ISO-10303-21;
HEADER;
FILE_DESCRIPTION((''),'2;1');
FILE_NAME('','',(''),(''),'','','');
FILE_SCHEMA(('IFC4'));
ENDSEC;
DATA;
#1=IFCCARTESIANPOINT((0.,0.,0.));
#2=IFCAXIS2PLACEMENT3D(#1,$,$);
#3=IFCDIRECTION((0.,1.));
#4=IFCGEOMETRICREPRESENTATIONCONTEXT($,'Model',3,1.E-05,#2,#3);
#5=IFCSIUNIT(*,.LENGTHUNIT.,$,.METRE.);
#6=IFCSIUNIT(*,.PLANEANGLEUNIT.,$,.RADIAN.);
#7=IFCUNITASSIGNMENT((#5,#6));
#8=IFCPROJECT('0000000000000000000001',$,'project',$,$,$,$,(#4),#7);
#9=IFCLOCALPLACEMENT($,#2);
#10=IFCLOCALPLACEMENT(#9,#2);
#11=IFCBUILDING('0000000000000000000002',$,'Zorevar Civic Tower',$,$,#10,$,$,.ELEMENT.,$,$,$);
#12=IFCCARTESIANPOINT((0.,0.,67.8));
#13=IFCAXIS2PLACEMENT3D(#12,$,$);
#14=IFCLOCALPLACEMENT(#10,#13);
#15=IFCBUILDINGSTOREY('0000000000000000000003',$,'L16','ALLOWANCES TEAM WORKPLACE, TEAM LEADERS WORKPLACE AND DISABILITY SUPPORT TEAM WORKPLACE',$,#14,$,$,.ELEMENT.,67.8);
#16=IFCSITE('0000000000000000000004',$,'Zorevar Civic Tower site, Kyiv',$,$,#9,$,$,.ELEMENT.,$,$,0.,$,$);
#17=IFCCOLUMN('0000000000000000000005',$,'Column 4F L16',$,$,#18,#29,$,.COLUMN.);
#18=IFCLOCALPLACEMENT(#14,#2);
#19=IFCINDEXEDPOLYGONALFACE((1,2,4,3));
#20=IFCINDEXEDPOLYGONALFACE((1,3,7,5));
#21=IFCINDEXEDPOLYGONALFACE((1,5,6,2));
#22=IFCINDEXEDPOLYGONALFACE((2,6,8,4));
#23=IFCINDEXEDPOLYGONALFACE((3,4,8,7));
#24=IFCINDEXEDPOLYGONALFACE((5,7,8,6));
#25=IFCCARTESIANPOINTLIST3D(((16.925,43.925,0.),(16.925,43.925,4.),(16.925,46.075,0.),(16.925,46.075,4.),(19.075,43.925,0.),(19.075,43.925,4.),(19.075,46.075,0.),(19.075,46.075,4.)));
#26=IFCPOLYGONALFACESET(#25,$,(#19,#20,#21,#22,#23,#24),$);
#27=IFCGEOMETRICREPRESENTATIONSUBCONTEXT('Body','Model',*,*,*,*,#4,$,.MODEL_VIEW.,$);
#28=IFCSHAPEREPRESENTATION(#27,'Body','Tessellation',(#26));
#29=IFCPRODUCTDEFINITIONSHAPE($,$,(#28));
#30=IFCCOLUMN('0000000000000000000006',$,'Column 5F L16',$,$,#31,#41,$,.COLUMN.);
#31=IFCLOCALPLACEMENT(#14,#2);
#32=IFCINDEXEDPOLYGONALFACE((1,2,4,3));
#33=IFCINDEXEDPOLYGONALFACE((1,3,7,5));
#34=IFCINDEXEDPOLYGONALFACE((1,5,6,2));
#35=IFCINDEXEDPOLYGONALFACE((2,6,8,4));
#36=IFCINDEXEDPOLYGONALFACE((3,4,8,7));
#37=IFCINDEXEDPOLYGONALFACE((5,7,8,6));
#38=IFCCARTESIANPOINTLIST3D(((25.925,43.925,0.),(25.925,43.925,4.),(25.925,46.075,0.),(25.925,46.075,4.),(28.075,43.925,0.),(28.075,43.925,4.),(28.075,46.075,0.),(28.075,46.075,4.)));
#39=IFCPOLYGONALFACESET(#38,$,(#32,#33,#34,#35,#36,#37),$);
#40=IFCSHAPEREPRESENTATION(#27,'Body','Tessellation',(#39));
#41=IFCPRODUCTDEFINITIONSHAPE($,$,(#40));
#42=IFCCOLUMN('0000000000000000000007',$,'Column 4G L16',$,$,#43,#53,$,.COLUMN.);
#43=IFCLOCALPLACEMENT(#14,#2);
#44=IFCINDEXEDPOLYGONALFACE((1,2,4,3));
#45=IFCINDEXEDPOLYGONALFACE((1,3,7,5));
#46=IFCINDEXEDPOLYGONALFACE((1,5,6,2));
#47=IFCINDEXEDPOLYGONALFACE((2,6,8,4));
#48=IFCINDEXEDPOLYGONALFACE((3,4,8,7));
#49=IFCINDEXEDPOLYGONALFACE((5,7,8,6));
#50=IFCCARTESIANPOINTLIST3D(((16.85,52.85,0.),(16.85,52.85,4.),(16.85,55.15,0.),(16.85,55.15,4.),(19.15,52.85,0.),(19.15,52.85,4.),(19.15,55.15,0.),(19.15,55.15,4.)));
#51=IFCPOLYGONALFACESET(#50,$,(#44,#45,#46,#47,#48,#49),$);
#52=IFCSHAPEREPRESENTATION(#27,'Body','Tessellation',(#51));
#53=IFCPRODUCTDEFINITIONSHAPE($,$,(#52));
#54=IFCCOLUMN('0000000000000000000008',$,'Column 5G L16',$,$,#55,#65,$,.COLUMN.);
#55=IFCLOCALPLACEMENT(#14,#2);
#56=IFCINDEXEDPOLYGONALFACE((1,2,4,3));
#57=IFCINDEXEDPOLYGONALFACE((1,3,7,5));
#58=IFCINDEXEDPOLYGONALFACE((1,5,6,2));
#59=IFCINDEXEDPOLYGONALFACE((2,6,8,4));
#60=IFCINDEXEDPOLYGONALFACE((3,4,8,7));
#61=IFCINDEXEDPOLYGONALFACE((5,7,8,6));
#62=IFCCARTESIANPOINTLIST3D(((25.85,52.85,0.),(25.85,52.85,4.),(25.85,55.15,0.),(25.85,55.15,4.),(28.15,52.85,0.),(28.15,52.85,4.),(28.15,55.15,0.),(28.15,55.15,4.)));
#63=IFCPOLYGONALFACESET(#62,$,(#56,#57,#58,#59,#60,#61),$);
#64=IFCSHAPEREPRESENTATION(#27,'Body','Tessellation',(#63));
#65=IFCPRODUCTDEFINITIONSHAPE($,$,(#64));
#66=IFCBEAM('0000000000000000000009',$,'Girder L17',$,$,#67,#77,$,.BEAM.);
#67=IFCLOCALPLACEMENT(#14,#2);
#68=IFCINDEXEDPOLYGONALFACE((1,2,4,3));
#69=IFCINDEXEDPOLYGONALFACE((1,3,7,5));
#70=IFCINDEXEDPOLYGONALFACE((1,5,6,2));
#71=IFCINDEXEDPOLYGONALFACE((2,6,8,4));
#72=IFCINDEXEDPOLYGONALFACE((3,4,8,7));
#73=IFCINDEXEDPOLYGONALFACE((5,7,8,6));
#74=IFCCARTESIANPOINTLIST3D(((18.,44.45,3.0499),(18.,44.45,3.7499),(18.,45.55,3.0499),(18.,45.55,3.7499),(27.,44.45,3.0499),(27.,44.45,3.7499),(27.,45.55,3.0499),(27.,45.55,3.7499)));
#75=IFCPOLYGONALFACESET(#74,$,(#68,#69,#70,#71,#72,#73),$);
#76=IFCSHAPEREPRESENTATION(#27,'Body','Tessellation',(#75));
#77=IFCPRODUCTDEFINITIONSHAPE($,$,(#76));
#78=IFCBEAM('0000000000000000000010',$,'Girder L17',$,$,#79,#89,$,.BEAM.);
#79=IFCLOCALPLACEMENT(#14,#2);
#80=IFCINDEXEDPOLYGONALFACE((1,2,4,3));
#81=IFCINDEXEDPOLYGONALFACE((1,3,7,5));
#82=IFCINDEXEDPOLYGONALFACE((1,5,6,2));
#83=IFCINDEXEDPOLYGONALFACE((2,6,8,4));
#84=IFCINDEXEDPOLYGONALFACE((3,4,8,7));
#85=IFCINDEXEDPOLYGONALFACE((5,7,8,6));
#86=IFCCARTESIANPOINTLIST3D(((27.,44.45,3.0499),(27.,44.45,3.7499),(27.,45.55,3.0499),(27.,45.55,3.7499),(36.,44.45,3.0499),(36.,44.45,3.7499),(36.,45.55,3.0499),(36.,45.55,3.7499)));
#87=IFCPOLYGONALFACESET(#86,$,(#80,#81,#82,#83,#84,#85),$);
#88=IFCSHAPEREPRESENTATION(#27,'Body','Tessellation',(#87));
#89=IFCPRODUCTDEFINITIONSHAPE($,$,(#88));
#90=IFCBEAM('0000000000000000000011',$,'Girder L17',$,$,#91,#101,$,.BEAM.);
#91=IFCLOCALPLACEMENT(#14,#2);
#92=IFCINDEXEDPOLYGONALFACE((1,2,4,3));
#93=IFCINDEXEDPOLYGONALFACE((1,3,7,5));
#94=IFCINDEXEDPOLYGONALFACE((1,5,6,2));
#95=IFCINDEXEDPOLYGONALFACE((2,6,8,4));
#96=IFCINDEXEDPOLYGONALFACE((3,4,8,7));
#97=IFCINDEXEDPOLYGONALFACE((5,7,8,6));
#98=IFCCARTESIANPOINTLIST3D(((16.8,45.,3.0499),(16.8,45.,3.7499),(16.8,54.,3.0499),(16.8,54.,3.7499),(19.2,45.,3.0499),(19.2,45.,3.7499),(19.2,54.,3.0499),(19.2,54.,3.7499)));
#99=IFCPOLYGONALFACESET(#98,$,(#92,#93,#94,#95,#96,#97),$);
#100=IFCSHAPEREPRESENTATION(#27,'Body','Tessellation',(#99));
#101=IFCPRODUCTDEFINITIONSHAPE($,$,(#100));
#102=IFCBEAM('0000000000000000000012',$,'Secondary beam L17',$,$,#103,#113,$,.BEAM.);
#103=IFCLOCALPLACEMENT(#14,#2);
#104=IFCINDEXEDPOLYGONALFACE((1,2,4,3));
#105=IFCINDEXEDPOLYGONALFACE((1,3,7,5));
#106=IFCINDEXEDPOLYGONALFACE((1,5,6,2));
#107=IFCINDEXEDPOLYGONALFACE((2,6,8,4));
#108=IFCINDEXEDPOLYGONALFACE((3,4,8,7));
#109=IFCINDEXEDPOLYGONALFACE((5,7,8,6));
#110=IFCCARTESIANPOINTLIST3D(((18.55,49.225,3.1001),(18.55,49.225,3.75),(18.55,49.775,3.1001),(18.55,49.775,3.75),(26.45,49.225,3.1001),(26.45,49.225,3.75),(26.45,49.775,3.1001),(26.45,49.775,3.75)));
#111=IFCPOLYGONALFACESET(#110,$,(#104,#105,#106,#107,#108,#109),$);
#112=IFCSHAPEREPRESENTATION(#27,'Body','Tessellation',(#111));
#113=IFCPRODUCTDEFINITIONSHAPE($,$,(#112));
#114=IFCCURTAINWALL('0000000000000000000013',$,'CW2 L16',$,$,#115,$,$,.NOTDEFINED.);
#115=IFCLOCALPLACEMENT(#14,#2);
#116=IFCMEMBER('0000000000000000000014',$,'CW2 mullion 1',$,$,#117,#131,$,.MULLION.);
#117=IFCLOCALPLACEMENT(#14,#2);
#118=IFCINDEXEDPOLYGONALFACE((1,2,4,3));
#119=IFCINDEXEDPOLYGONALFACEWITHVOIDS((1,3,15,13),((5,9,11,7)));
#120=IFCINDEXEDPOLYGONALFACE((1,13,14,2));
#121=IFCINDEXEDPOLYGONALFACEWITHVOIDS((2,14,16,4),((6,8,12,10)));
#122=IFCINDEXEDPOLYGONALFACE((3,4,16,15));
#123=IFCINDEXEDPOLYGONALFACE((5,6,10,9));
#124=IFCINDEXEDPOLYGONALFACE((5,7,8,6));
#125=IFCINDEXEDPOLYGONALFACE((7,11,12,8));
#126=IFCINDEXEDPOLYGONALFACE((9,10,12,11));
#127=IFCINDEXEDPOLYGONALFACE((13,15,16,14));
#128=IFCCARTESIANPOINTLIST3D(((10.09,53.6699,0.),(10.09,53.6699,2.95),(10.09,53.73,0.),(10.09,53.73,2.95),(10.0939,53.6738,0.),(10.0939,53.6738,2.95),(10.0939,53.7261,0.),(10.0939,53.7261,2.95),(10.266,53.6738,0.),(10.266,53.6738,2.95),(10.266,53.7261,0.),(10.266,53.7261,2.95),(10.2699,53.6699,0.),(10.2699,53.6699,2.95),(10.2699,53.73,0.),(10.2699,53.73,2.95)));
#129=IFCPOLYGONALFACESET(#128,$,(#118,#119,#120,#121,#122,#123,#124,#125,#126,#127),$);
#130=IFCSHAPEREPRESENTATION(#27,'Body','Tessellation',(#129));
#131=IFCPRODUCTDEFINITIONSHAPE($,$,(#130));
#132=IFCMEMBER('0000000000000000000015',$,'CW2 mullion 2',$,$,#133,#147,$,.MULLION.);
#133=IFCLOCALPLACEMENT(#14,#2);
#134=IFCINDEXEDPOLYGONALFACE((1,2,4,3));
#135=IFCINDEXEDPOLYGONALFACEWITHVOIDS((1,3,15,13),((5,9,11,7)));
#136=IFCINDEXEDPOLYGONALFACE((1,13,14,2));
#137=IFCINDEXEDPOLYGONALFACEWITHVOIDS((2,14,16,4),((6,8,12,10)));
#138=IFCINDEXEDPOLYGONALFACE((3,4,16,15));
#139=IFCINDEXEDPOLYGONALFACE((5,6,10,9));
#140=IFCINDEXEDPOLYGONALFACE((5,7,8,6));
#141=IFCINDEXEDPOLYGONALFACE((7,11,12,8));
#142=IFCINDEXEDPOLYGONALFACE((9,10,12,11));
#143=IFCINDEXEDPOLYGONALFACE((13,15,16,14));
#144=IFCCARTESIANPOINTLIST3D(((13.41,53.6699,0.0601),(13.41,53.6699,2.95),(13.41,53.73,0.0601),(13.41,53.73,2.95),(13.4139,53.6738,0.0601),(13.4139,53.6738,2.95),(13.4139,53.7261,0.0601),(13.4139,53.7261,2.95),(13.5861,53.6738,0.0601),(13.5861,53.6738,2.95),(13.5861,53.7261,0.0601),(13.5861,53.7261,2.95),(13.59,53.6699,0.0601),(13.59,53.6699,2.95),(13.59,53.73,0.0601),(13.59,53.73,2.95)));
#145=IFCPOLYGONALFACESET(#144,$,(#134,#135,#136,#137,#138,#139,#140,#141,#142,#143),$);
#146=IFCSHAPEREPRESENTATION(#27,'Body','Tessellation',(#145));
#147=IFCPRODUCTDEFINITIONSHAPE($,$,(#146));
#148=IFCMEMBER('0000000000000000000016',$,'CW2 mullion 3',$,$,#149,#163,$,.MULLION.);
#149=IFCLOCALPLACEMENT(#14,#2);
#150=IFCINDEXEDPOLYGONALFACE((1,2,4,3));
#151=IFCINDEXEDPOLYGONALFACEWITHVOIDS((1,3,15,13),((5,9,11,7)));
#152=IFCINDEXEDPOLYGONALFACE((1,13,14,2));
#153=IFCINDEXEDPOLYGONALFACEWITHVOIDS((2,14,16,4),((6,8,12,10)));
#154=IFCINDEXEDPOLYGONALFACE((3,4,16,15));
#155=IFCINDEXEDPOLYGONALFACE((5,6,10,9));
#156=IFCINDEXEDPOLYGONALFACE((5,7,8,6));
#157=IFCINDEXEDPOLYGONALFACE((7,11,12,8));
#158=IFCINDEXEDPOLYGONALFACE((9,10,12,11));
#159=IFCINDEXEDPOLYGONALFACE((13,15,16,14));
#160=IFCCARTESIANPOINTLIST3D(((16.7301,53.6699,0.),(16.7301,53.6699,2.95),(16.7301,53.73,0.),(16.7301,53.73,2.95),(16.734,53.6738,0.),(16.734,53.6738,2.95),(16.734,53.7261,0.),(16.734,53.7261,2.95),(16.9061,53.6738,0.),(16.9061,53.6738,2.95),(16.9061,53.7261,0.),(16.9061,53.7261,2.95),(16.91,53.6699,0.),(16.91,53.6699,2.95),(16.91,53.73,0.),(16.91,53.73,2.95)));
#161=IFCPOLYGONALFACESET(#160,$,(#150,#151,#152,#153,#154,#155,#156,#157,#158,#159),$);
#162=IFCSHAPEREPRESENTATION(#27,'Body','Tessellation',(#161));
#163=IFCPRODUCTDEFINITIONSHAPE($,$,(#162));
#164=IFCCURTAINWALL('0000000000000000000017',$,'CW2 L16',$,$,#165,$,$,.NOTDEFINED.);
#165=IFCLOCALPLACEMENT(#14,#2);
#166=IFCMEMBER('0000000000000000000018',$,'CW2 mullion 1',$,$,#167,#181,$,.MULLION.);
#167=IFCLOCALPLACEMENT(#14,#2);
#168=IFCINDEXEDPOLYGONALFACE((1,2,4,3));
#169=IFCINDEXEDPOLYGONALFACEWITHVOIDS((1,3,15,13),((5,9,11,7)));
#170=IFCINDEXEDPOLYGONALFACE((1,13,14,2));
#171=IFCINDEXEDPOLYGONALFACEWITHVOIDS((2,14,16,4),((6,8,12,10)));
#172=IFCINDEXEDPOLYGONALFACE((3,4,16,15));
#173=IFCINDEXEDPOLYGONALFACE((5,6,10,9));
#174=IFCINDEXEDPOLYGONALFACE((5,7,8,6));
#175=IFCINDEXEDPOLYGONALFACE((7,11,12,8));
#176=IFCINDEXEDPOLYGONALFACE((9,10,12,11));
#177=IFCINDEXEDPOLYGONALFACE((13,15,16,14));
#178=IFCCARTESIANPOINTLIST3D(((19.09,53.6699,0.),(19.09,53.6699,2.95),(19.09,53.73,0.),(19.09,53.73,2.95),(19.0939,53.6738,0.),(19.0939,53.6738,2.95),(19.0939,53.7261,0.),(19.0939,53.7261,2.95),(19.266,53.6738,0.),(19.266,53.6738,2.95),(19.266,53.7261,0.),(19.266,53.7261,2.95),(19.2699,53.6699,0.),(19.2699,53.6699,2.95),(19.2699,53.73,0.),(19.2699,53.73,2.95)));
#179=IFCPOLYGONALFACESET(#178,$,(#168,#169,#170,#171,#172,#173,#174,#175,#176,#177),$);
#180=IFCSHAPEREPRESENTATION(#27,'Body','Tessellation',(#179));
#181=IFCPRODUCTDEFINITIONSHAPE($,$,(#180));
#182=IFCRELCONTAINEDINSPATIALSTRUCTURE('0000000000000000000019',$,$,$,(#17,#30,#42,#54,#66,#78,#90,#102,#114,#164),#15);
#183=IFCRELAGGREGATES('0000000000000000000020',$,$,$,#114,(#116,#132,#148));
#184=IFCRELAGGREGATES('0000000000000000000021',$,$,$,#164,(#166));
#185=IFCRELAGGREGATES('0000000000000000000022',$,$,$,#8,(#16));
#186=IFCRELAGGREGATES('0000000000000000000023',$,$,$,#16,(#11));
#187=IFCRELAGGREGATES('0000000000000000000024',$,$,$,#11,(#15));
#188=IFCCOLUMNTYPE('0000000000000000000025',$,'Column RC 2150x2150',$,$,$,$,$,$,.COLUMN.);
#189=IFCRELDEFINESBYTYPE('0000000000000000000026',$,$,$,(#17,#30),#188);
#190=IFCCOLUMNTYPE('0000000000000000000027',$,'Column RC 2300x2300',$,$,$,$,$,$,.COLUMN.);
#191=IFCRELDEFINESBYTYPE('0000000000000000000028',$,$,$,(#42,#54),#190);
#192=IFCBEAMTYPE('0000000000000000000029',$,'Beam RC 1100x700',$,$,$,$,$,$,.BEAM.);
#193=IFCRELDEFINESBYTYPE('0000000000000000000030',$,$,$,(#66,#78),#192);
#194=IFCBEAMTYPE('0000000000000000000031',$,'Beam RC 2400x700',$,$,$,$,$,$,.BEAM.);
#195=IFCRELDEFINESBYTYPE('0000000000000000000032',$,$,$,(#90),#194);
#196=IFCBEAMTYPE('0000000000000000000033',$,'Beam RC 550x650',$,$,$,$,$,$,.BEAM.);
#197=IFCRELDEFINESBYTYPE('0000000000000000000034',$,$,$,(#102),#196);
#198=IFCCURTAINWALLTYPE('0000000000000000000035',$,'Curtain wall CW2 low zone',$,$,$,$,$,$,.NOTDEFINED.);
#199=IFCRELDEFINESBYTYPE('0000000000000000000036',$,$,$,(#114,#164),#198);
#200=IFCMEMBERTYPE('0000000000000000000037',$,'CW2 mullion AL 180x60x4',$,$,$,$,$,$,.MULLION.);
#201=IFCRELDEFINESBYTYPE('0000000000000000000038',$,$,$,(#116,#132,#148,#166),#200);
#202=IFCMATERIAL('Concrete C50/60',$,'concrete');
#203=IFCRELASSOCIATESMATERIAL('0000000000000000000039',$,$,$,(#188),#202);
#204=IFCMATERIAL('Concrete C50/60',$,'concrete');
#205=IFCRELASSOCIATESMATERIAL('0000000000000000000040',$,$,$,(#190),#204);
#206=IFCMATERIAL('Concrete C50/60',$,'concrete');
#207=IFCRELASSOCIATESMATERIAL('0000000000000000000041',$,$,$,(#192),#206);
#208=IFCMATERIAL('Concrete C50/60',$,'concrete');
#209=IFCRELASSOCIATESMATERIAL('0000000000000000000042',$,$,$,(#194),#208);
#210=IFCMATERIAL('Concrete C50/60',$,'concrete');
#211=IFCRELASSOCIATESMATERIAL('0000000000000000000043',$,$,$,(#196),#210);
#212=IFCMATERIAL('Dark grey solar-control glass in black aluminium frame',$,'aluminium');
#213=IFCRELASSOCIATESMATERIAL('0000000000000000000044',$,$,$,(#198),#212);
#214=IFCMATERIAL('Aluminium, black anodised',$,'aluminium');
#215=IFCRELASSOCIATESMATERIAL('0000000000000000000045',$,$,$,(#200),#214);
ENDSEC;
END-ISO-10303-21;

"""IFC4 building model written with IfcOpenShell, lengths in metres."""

from ifc_helpers import new_model, si_unit, direction, frame, origin, origin_2d, place, context, subcontext, project, spatial, rectangle, hollow_rectangle, extrude, material, material_profile, profile_set, type_object, element, aggregate, save


model = new_model("IFC4")

# Units and contexts
model_context = context("Model", 3, precision=1e-05, world=origin(), true_north=direction((0.0, 1.0)))
body_context = subcontext(model_context, "Body", "Model", "MODEL_VIEW")
ifc_project = project(units=[si_unit("LENGTHUNIT", "METRE"), si_unit("PLANEANGLEUNIT", "RADIAN")], contexts=[model_context])

# Site, building, storey
site_placement = place(None, origin())
site = spatial("IfcSite", under=ifc_project, at=site_placement, Name="Zorevar Civic Tower site, Kyiv", CompositionType="ELEMENT", RefElevation=0.0)
building_placement = place(site_placement, origin())
building = spatial("IfcBuilding", under=site, at=building_placement, Name="Zorevar Civic Tower", CompositionType="ELEMENT")
storey_placement = place(building_placement, frame((0.0, 0.0, 67.8)))
storey = spatial("IfcBuildingStorey", under=building, at=storey_placement, Name="L16", Description="ALLOWANCES TEAM WORKPLACE, TEAM LEADERS WORKPLACE AND DISABILITY SUPPORT TEAM WORKPLACE", CompositionType="ELEMENT", Elevation=67.8)

# Columns
ifc_material_1 = material(Name="Concrete C50/60", Category="concrete")
ifc_material_profile_1 = material_profile(ifc_material_1, rectangle(XDim=2.1499, YDim=2.1499, at=origin_2d()), Name="RC 2150x2150")
ifc_profile_set_1 = profile_set([ifc_material_profile_1], Name="Concrete C50/60")
column_type_1 = type_object("IfcColumnType", Name="Column RC 2150x2150", PredefinedType="COLUMN", material=ifc_profile_set_1)
for number, where, z_axis, x_axis, name in (
    (1, (18.0, 45.0, 0.0), (0.0, 0.0, 1.0), (1.0, 0.0, 0.0), "Column 4F L16"),
    (2, (27.0, 45.0, 0.0), (0.0, 0.0, 1.0), (1.0, 0.0, 0.0), "Column 5F L16"),
):
    element("IfcColumn", number, at=place(storey_placement, frame(where, z_axis=z_axis, x_axis=x_axis)), inside=storey, type_object=column_type_1, Name=name, PredefinedType="COLUMN", context=body_context, shape_type="SweptSolid", body=[
        extrude(rectangle(XDim=2.1499, YDim=2.1499, at=origin_2d()), origin(), (0.0, 0.0, 1.0), 4.0),
    ])
ifc_material_2 = material(Name="Concrete C50/60", Category="concrete")
ifc_material_profile_2 = material_profile(ifc_material_2, rectangle(XDim=2.3, YDim=2.3, at=origin_2d()), Name="RC 2300x2300")
ifc_profile_set_2 = profile_set([ifc_material_profile_2], Name="Concrete C50/60")
column_type_2 = type_object("IfcColumnType", Name="Column RC 2300x2300", PredefinedType="COLUMN", material=ifc_profile_set_2)
for number, where, z_axis, x_axis, name in (
    (3, (18.0, 54.0, 0.0), (0.0, 0.0, 1.0), (1.0, 0.0, 0.0), "Column 4G L16"),
    (4, (27.0, 54.0, 0.0), (0.0, 0.0, 1.0), (1.0, 0.0, 0.0), "Column 5G L16"),
):
    element("IfcColumn", number, at=place(storey_placement, frame(where, z_axis=z_axis, x_axis=x_axis)), inside=storey, type_object=column_type_2, Name=name, PredefinedType="COLUMN", context=body_context, shape_type="SweptSolid", body=[
        extrude(rectangle(XDim=2.3, YDim=2.3, at=origin_2d()), origin(), (0.0, 0.0, 1.0), 4.0),
    ])

# Beams
ifc_material_3 = material(Name="Concrete C50/60", Category="concrete")
ifc_material_profile_3 = material_profile(ifc_material_3, rectangle(XDim=1.1001, YDim=0.7, at=origin_2d()), Name="RC 1100x700")
ifc_profile_set_3 = profile_set([ifc_material_profile_3], Name="Concrete C50/60")
beam_type_1 = type_object("IfcBeamType", Name="Beam RC 1100x700", PredefinedType="BEAM", material=ifc_profile_set_3)
for number, where, z_axis, x_axis, name in (
    (5, (18.0, 45.0, 3.3999), (1.0, 0.0, 0.0), (0.0, 1.0, 0.0), "Girder L17"),
    (6, (27.0, 45.0, 3.3999), (1.0, 0.0, 0.0), (0.0, 1.0, 0.0), "Girder L17"),
):
    element("IfcBeam", number, at=place(storey_placement, frame(where, z_axis=z_axis, x_axis=x_axis)), inside=storey, type_object=beam_type_1, Name=name, PredefinedType="BEAM", context=body_context, shape_type="SweptSolid", body=[
        extrude(rectangle(XDim=1.1001, YDim=0.7, at=origin_2d()), origin(), (0.0, 0.0, 1.0), 9.0),
    ])
ifc_material_4 = material(Name="Concrete C50/60", Category="concrete")
ifc_material_profile_4 = material_profile(ifc_material_4, rectangle(XDim=2.3999, YDim=0.7, at=origin_2d()), Name="RC 2400x700")
ifc_profile_set_4 = profile_set([ifc_material_profile_4], Name="Concrete C50/60")
beam_type_2 = type_object("IfcBeamType", Name="Beam RC 2400x700", PredefinedType="BEAM", material=ifc_profile_set_4)
beam_1_placement = place(storey_placement, frame((18.0, 45.0, 3.3999), z_axis=(0.0, 1.0, 0.0), x_axis=(-1.0, 0.0, 0.0)))
element("IfcBeam", 7, at=beam_1_placement, inside=storey, type_object=beam_type_2, Name="Girder L17", PredefinedType="BEAM", context=body_context, shape_type="SweptSolid", body=[
    extrude(rectangle(XDim=2.3999, YDim=0.7, at=origin_2d()), origin(), (0.0, 0.0, 1.0), 9.0),
])
ifc_material_5 = material(Name="Concrete C50/60", Category="concrete")
ifc_material_profile_5 = material_profile(ifc_material_5, rectangle(XDim=0.55, YDim=0.6499, at=origin_2d()), Name="RC 550x650")
ifc_profile_set_5 = profile_set([ifc_material_profile_5], Name="Concrete C50/60")
beam_type_3 = type_object("IfcBeamType", Name="Beam RC 550x650", PredefinedType="BEAM", material=ifc_profile_set_5)
beam_2_placement = place(storey_placement, frame((18.55, 49.5, 3.425), z_axis=(1.0, 0.0, 0.0), x_axis=(0.0, 1.0, 0.0)))
element("IfcBeam", 8, at=beam_2_placement, inside=storey, type_object=beam_type_3, Name="Secondary beam L17", PredefinedType="BEAM", context=body_context, shape_type="SweptSolid", body=[
    extrude(rectangle(XDim=0.55, YDim=0.6499, at=origin_2d()), origin(), (0.0, 0.0, 1.0), 7.8999),
])

# Curtain walls, members
ifc_material_6 = material(Name="Dark grey solar-control glass in black aluminium frame", Category="aluminium")
curtain_wall_type = type_object("IfcCurtainWallType", Name="Curtain wall CW2 low zone", PredefinedType="NOTDEFINED", material=ifc_material_6)
curtain_wall_1_placement = place(storey_placement, origin())
curtain_wall_1 = element("IfcCurtainWall", 9, at=curtain_wall_1_placement, inside=storey, type_object=curtain_wall_type, Name="CW2 L16", PredefinedType="NOTDEFINED")
ifc_material_7 = material(Name="Aluminium, black anodised", Category="aluminium")
ifc_material_profile_6 = material_profile(ifc_material_7, hollow_rectangle(XDim=0.0601, YDim=0.1799, WallThickness=0.0039, at=origin_2d()), Name="AL 180x60x4")
ifc_profile_set_6 = profile_set([ifc_material_profile_6], Name="Aluminium, black anodised")
member_type_1 = type_object("IfcMemberType", Name="CW2 mullion AL 180x60x4", PredefinedType="MULLION", material=ifc_profile_set_6)
member_1_placement = place(storey_placement, frame((10.1799, 53.7, 0.0), z_axis=(0.0, 0.0, 1.0), x_axis=(0.0, 1.0, 0.0)))
member_1 = element("IfcMember", 10, at=member_1_placement, type_object=member_type_1, Name="CW2 mullion 1", PredefinedType="MULLION", context=body_context, shape_type="SweptSolid", body=[
    extrude(hollow_rectangle(XDim=0.0601, YDim=0.1799, WallThickness=0.0039, at=origin_2d()), origin(), (0.0, 0.0, 1.0), 2.95),
])
member_2_placement = place(storey_placement, frame((13.5, 53.7, 0.0601), z_axis=(0.0, 0.0, 1.0), x_axis=(0.0, 1.0, 0.0)))
member_2 = element("IfcMember", 11, at=member_2_placement, type_object=member_type_1, Name="CW2 mullion 2", PredefinedType="MULLION", context=body_context, shape_type="SweptSolid", body=[
    extrude(hollow_rectangle(XDim=0.0601, YDim=0.1799, WallThickness=0.0039, at=origin_2d()), origin(), (0.0, 0.0, 1.0), 2.8899),
])
member_3_placement = place(storey_placement, frame((16.8201, 53.7, 0.0), z_axis=(0.0, 0.0, 1.0), x_axis=(0.0, 1.0, 0.0)))
member_3 = element("IfcMember", 12, at=member_3_placement, type_object=member_type_1, Name="CW2 mullion 3", PredefinedType="MULLION", context=body_context, shape_type="SweptSolid", body=[
    extrude(hollow_rectangle(XDim=0.0601, YDim=0.1799, WallThickness=0.0039, at=origin_2d()), origin(), (0.0, 0.0, 1.0), 2.95),
])
curtain_wall_2_placement = place(storey_placement, origin())
curtain_wall_2 = element("IfcCurtainWall", 13, at=curtain_wall_2_placement, inside=storey, type_object=curtain_wall_type, Name="CW2 L16", PredefinedType="NOTDEFINED")
member_4_placement = place(storey_placement, frame((19.1799, 53.7, 0.0), z_axis=(0.0, 0.0, 1.0), x_axis=(0.0, 1.0, 0.0)))
member_4 = element("IfcMember", 14, at=member_4_placement, type_object=member_type_1, Name="CW2 mullion 1", PredefinedType="MULLION", context=body_context, shape_type="SweptSolid", body=[
    extrude(hollow_rectangle(XDim=0.0601, YDim=0.1799, WallThickness=0.0039, at=origin_2d()), origin(), (0.0, 0.0, 1.0), 2.95),
])

aggregate(curtain_wall_1, [member_1, member_2, member_3])
aggregate(curtain_wall_2, [member_4])

save(model, "model.ifc")
